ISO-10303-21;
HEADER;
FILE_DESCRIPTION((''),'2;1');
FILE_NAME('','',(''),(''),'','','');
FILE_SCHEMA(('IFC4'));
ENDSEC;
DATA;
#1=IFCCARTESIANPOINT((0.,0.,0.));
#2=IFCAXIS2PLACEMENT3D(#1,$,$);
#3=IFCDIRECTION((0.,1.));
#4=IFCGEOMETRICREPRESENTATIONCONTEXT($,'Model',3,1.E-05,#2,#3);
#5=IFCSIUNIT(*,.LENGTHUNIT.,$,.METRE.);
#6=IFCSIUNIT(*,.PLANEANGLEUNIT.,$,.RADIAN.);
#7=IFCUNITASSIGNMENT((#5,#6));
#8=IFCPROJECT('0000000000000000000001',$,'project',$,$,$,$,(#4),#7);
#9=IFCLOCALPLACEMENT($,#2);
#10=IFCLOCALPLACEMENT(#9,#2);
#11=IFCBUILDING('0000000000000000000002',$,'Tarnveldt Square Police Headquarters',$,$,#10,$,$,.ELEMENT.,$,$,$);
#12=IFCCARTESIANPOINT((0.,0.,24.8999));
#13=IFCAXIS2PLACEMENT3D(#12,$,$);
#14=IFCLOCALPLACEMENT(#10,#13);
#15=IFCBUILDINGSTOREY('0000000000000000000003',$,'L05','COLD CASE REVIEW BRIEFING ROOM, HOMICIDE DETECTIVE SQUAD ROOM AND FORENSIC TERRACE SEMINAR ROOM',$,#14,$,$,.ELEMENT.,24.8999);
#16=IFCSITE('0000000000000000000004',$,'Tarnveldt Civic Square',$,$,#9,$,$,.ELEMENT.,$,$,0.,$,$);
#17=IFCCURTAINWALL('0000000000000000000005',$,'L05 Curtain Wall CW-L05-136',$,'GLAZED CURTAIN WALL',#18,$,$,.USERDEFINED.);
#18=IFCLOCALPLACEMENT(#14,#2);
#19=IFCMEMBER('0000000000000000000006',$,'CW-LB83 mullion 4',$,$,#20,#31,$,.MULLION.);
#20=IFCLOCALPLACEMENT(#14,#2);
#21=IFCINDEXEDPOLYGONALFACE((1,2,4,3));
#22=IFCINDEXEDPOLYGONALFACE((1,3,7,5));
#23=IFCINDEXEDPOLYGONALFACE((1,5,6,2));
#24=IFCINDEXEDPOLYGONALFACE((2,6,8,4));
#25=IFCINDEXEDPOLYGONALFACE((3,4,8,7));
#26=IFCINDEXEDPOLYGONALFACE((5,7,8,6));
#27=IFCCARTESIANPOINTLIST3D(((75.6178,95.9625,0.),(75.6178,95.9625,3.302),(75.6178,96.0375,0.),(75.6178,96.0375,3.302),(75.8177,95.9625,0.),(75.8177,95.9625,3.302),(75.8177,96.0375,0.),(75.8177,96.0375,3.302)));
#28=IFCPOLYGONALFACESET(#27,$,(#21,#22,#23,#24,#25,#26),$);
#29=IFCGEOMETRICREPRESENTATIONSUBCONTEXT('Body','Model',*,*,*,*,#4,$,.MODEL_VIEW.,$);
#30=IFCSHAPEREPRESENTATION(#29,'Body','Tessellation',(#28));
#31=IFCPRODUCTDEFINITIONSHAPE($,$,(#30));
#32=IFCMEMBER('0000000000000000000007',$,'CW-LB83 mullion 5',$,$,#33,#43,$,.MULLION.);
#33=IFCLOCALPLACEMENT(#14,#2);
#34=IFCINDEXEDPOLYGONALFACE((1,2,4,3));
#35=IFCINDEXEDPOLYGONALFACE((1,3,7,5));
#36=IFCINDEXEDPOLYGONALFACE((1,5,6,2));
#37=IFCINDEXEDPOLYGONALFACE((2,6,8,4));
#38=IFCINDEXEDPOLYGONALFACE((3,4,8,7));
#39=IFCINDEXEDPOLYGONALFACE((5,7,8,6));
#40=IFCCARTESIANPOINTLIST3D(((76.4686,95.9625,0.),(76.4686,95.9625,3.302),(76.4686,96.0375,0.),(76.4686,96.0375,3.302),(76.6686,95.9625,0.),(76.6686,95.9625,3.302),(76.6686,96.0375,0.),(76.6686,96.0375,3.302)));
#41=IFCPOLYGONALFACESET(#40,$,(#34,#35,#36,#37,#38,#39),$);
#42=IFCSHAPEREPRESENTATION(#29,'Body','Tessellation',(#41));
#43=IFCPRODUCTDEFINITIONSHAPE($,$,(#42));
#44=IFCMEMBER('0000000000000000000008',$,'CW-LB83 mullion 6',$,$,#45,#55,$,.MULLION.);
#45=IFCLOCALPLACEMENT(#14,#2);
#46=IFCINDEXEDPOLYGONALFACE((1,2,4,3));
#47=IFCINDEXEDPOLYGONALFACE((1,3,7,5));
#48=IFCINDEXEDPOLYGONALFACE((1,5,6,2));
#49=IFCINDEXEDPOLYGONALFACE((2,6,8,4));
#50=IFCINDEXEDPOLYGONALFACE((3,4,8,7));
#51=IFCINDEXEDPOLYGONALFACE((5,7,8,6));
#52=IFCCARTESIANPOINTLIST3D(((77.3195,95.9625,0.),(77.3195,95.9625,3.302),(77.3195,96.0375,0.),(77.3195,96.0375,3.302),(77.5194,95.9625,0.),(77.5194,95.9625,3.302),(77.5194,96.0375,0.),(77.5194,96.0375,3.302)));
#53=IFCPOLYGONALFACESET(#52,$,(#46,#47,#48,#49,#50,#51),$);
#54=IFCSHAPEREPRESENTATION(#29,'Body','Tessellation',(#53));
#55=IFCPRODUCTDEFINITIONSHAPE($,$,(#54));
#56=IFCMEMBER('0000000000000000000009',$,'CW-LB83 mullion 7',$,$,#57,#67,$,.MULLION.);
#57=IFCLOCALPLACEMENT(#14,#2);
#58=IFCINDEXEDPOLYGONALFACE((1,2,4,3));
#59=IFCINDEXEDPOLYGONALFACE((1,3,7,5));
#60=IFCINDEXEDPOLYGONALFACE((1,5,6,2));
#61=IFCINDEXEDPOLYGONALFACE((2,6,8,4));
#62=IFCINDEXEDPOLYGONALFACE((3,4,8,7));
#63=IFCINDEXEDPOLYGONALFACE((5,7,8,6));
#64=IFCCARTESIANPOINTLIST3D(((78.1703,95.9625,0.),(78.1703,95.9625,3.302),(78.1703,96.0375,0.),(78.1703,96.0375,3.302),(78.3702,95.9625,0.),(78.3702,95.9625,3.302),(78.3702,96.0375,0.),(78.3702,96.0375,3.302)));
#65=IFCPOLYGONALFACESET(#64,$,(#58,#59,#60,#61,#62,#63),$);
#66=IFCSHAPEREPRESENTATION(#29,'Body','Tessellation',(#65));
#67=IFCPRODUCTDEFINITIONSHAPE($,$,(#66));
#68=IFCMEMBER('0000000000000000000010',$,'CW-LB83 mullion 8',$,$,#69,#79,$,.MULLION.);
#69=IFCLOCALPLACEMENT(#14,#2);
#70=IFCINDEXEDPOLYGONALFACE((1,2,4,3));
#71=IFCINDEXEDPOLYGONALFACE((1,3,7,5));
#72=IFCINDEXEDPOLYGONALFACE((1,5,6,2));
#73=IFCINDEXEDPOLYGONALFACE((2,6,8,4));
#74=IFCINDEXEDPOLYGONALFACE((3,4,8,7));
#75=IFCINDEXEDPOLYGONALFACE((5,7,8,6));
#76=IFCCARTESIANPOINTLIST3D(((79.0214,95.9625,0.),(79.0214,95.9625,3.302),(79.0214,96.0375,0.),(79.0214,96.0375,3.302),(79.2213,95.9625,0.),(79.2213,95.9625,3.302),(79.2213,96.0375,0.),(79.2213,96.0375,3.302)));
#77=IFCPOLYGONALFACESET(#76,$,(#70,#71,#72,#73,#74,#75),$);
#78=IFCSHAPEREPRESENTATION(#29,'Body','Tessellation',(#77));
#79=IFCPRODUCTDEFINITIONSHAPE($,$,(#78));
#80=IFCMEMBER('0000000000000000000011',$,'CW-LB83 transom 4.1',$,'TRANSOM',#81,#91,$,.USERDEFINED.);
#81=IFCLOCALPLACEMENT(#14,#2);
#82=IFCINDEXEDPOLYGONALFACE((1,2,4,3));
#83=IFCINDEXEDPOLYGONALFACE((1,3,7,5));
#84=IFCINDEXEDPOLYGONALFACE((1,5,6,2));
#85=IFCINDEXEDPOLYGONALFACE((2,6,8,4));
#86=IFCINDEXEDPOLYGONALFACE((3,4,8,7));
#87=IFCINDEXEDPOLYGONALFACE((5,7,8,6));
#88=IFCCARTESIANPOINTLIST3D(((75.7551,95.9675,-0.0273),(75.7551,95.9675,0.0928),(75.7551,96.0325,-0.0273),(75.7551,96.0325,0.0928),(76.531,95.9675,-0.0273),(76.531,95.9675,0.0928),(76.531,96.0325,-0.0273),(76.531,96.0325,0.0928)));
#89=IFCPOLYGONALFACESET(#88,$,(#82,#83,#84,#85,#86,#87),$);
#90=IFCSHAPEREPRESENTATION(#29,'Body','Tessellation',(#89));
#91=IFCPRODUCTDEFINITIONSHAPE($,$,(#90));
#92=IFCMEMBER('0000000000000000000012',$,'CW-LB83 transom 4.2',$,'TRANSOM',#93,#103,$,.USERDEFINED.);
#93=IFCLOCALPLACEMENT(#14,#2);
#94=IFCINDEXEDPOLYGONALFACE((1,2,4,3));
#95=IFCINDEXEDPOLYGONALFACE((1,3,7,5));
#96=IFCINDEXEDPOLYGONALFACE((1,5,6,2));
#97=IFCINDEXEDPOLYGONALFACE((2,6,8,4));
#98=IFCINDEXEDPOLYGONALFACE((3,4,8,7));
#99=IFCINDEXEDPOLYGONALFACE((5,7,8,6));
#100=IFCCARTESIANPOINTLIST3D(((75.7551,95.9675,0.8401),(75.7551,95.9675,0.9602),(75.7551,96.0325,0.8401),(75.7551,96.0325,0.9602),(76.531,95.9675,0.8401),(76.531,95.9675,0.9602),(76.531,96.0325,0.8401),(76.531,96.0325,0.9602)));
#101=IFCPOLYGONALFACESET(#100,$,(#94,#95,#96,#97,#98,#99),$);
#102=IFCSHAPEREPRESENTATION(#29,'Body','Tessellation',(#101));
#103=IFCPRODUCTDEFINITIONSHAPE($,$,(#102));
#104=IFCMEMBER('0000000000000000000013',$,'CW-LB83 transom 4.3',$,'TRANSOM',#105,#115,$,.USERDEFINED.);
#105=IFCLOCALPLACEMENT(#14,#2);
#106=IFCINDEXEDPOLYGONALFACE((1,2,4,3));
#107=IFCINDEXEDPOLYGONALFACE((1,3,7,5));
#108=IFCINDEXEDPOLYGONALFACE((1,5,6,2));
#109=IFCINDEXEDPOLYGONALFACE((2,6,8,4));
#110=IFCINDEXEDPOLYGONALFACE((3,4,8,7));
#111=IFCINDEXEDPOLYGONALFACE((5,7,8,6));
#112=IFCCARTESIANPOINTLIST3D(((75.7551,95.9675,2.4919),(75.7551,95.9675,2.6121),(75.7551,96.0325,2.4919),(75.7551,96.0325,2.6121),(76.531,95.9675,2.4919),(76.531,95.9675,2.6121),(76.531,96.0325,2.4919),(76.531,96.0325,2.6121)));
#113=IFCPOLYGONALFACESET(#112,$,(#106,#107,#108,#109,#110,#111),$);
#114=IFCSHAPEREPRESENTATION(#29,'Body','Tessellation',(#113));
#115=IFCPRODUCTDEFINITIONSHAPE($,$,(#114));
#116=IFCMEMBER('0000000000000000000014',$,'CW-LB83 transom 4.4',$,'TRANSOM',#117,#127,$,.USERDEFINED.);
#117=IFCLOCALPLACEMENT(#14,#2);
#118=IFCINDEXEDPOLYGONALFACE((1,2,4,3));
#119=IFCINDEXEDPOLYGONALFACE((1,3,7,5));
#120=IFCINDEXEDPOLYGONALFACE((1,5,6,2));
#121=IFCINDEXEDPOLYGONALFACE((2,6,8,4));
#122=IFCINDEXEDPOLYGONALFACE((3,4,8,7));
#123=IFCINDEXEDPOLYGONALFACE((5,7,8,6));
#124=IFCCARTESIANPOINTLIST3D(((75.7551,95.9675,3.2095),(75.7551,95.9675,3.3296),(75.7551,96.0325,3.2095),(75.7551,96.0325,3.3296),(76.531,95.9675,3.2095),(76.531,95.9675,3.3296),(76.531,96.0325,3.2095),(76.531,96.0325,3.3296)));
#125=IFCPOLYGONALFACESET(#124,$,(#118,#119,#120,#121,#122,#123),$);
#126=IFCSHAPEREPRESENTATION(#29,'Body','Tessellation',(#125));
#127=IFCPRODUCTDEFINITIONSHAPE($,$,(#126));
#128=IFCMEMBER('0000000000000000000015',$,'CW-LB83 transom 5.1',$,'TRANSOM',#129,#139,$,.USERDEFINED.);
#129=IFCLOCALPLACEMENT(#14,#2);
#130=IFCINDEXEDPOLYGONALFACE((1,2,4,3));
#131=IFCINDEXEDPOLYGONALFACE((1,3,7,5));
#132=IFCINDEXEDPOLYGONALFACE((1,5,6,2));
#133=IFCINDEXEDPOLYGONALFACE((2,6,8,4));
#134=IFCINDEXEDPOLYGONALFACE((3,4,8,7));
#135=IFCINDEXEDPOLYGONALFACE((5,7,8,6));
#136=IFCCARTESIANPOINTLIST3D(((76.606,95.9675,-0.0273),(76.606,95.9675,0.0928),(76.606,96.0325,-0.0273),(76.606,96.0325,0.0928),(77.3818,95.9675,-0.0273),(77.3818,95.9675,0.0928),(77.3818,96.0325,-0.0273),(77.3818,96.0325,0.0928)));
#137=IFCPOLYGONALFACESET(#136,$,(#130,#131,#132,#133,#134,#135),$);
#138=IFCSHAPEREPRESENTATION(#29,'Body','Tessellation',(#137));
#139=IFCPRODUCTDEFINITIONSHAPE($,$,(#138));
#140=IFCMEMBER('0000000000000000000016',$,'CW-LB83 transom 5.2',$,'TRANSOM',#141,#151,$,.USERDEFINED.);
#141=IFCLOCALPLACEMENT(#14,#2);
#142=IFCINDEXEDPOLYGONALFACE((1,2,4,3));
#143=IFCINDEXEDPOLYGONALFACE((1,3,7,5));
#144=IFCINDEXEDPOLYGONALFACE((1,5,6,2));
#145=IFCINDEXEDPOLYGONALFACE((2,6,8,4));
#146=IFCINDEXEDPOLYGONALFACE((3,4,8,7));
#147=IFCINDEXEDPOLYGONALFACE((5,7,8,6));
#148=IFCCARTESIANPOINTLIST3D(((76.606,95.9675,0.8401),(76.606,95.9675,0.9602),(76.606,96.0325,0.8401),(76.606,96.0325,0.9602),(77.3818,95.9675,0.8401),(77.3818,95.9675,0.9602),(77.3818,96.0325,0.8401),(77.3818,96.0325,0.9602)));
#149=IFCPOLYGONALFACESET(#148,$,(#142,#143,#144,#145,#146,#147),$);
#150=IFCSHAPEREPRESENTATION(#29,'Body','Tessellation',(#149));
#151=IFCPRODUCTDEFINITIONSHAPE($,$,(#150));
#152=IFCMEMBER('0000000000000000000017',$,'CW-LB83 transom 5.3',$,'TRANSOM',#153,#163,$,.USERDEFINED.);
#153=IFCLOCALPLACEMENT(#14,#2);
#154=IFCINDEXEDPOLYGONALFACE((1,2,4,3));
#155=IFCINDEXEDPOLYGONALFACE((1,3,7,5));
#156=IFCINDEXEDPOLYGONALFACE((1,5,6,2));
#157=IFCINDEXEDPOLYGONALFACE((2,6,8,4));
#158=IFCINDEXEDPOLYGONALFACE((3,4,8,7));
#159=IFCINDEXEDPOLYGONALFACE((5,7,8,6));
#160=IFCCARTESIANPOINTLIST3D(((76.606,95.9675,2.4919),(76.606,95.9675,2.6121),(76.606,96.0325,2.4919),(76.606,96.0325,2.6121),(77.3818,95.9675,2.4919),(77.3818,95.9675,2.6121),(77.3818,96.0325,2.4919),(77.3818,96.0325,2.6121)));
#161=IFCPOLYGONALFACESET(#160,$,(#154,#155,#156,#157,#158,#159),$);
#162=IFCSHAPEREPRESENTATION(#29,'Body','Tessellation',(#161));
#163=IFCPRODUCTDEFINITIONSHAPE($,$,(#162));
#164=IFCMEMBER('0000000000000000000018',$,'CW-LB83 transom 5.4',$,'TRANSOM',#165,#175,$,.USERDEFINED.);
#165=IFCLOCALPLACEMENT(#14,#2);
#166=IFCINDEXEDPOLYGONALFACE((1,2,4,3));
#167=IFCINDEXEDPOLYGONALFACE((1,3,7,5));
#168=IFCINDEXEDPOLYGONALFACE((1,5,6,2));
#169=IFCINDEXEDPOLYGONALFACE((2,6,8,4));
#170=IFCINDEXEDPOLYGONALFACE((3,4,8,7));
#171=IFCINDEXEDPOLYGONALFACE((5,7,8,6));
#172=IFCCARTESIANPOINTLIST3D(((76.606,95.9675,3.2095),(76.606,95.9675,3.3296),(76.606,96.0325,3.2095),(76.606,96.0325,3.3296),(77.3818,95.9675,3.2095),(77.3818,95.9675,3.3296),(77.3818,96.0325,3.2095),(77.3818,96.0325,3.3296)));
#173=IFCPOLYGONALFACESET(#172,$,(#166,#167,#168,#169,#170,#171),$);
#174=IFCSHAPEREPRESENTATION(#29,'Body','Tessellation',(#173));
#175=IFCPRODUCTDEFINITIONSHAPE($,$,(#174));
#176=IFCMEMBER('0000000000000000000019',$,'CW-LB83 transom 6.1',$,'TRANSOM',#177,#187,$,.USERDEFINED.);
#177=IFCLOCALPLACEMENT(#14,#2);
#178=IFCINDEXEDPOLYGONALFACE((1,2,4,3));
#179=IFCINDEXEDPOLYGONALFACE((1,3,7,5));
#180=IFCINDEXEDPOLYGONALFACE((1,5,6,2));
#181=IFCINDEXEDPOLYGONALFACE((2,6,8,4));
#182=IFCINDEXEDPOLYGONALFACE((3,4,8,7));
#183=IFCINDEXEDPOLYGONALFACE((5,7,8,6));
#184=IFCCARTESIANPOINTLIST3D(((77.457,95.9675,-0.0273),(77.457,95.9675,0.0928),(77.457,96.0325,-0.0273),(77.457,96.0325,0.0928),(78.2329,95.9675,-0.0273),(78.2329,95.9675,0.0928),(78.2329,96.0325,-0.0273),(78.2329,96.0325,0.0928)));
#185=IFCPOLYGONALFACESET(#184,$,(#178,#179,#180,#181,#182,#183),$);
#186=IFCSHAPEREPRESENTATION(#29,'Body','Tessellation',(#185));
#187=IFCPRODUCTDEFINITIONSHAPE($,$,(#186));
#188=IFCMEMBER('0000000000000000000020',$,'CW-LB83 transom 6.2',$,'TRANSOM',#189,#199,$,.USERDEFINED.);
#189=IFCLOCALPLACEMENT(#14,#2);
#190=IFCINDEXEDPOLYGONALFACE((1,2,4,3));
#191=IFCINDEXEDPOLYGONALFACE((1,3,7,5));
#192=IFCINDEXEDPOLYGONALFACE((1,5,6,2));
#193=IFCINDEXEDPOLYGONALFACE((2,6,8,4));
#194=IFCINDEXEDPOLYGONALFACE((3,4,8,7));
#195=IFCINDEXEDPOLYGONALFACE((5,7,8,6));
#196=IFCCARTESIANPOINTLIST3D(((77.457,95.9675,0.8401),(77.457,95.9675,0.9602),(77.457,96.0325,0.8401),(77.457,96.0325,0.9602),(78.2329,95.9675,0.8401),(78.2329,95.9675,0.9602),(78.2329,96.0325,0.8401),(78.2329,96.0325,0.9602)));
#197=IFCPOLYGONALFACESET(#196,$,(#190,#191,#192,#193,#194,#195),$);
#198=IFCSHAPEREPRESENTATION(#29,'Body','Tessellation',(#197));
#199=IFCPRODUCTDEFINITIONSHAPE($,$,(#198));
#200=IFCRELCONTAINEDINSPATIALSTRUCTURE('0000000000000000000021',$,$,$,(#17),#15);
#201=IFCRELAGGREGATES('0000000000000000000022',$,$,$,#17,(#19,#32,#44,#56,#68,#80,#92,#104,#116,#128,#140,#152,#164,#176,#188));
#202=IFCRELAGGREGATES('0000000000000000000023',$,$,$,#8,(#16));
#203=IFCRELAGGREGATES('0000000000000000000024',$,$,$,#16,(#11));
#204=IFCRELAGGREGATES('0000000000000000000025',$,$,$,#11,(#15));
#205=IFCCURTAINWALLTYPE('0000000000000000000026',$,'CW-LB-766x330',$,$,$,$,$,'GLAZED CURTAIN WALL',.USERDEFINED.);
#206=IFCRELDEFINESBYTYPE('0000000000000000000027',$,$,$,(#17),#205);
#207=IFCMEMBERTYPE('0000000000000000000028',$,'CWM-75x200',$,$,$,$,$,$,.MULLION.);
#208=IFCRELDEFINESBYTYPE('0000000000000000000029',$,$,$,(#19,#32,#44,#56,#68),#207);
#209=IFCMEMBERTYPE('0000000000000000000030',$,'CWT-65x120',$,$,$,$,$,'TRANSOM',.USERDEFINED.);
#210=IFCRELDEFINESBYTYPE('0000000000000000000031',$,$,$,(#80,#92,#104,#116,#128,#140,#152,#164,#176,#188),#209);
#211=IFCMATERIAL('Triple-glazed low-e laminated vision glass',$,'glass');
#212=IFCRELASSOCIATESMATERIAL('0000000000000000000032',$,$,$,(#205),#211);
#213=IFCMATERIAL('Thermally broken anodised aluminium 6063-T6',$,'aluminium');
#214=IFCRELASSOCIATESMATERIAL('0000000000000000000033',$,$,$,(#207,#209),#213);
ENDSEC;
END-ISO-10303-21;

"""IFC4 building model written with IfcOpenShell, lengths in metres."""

from ifc_helpers import new_model, si_unit, direction, frame, origin, origin_2d, place, context, subcontext, project, spatial, rectangle, extrude, material, material_profile, profile_set, type_object, element, aggregate, save


model = new_model("IFC4")

# Units and contexts
model_context = context("Model", 3, precision=1e-05, world=origin(), true_north=direction((0.0, 1.0)))
body_context = subcontext(model_context, "Body", "Model", "MODEL_VIEW")
ifc_project = project(units=[si_unit("LENGTHUNIT", "METRE"), si_unit("PLANEANGLEUNIT", "RADIAN")], contexts=[model_context])

# Site, building, storey
site_placement = place(None, origin())
site = spatial("IfcSite", under=ifc_project, at=site_placement, Name="Tarnveldt Civic Square", CompositionType="ELEMENT", RefElevation=0.0)
building_placement = place(site_placement, origin())
building = spatial("IfcBuilding", under=site, at=building_placement, Name="Tarnveldt Square Police Headquarters", CompositionType="ELEMENT")
storey_placement = place(building_placement, frame((0.0, 0.0, 24.8999)))
storey = spatial("IfcBuildingStorey", under=building, at=storey_placement, Name="L05", Description="COLD CASE REVIEW BRIEFING ROOM, HOMICIDE DETECTIVE SQUAD ROOM AND FORENSIC TERRACE SEMINAR ROOM", CompositionType="ELEMENT", Elevation=24.8999)

# Curtain wall, members
ifc_material_1 = material(Name="Triple-glazed low-e laminated vision glass", Category="glass")
curtain_wall_type = type_object("IfcCurtainWallType", Name="CW-LB-766x330", ElementType="GLAZED CURTAIN WALL", PredefinedType="USERDEFINED", material=ifc_material_1)
curtain_wall_placement = place(storey_placement, origin())
curtain_wall = element("IfcCurtainWall", 1, at=curtain_wall_placement, inside=storey, type_object=curtain_wall_type, Name="L05 Curtain Wall CW-L05-136", ObjectType="GLAZED CURTAIN WALL", PredefinedType="USERDEFINED")
ifc_material_2 = material(Name="Thermally broken anodised aluminium 6063-T6", Category="aluminium")
ifc_material_profile_1 = material_profile(ifc_material_2, rectangle(XDim=0.075, YDim=0.2, at=origin_2d()), Name="CW-M75x200")
ifc_profile_set_1 = profile_set([ifc_material_profile_1], Name="Thermally broken anodised aluminium 6063-T6")
member_type_1 = type_object("IfcMemberType", Name="CWM-75x200", PredefinedType="MULLION", material=ifc_profile_set_1)
member_1_placement = place(storey_placement, frame((75.7178, 96.0, 0.0), z_axis=(0.0, 0.0, 1.0), x_axis=(0.0, 1.0, 0.0)))
member_1 = element("IfcMember", 2, at=member_1_placement, type_object=member_type_1, Name="CW-LB83 mullion 4", PredefinedType="MULLION", context=body_context, shape_type="SweptSolid", body=[
    extrude(rectangle(XDim=0.075, YDim=0.2, at=origin_2d()), origin(), (0.0, 0.0, 1.0), 3.302),
])
member_2_placement = place(storey_placement, frame((76.5686, 96.0, 0.0), z_axis=(0.0, 0.0, 1.0), x_axis=(0.0, 1.0, 0.0)))
member_2 = element("IfcMember", 3, at=member_2_placement, type_object=member_type_1, Name="CW-LB83 mullion 5", PredefinedType="MULLION", context=body_context, shape_type="SweptSolid", body=[
    extrude(rectangle(XDim=0.075, YDim=0.2, at=origin_2d()), origin(), (0.0, 0.0, 1.0), 3.302),
])
member_3_placement = place(storey_placement, frame((77.4194, 96.0, 0.0), z_axis=(0.0, 0.0, 1.0), x_axis=(0.0, 1.0, 0.0)))
member_3 = element("IfcMember", 4, at=member_3_placement, type_object=member_type_1, Name="CW-LB83 mullion 6", PredefinedType="MULLION", context=body_context, shape_type="SweptSolid", body=[
    extrude(rectangle(XDim=0.075, YDim=0.2, at=origin_2d()), origin(), (0.0, 0.0, 1.0), 3.302),
])
member_4_placement = place(storey_placement, frame((78.2703, 96.0, 0.0), z_axis=(0.0, 0.0, 1.0), x_axis=(0.0, 1.0, 0.0)))
member_4 = element("IfcMember", 5, at=member_4_placement, type_object=member_type_1, Name="CW-LB83 mullion 7", PredefinedType="MULLION", context=body_context, shape_type="SweptSolid", body=[
    extrude(rectangle(XDim=0.075, YDim=0.2, at=origin_2d()), origin(), (0.0, 0.0, 1.0), 3.302),
])
member_5_placement = place(storey_placement, frame((79.1213, 96.0, 0.0), z_axis=(0.0, 0.0, 1.0), x_axis=(0.0, 1.0, 0.0)))
member_5 = element("IfcMember", 6, at=member_5_placement, type_object=member_type_1, Name="CW-LB83 mullion 8", PredefinedType="MULLION", context=body_context, shape_type="SweptSolid", body=[
    extrude(rectangle(XDim=0.075, YDim=0.2, at=origin_2d()), origin(), (0.0, 0.0, 1.0), 3.302),
])
ifc_material_profile_2 = material_profile(ifc_material_2, rectangle(XDim=0.0649, YDim=0.1201, at=origin_2d()), Name="CW-T65x120")
ifc_profile_set_2 = profile_set([ifc_material_profile_2], Name="Thermally broken anodised aluminium 6063-T6")
member_type_2 = type_object("IfcMemberType", Name="CWT-65x120", ElementType="TRANSOM", PredefinedType="USERDEFINED", material=ifc_profile_set_2)
member_6_placement = place(storey_placement, frame((75.7551, 96.0, 0.0327), z_axis=(1.0, 0.0, 0.0), x_axis=(0.0, 1.0, 0.0)))
member_6 = element("IfcMember", 7, at=member_6_placement, type_object=member_type_2, Name="CW-LB83 transom 4.1", ObjectType="TRANSOM", PredefinedType="USERDEFINED", context=body_context, shape_type="SweptSolid", body=[
    extrude(rectangle(XDim=0.0649, YDim=0.1201, at=origin_2d()), origin(), (0.0, 0.0, 1.0), 0.7759),
])
member_7_placement = place(storey_placement, frame((75.7551, 96.0, 0.9001), z_axis=(1.0, 0.0, 0.0), x_axis=(0.0, 1.0, 0.0)))
member_7 = element("IfcMember", 8, at=member_7_placement, type_object=member_type_2, Name="CW-LB83 transom 4.2", ObjectType="TRANSOM", PredefinedType="USERDEFINED", context=body_context, shape_type="SweptSolid", body=[
    extrude(rectangle(XDim=0.0649, YDim=0.1201, at=origin_2d()), origin(), (0.0, 0.0, 1.0), 0.7759),
])
member_8_placement = place(storey_placement, frame((75.7551, 96.0, 2.552), z_axis=(1.0, 0.0, 0.0), x_axis=(0.0, 1.0, 0.0)))
member_8 = element("IfcMember", 9, at=member_8_placement, type_object=member_type_2, Name="CW-LB83 transom 4.3", ObjectType="TRANSOM", PredefinedType="USERDEFINED", context=body_context, shape_type="SweptSolid", body=[
    extrude(rectangle(XDim=0.0649, YDim=0.1201, at=origin_2d()), origin(), (0.0, 0.0, 1.0), 0.7759),
])
member_9_placement = place(storey_placement, frame((75.7551, 96.0, 3.2695), z_axis=(1.0, 0.0, 0.0), x_axis=(0.0, 1.0, 0.0)))
member_9 = element("IfcMember", 10, at=member_9_placement, type_object=member_type_2, Name="CW-LB83 transom 4.4", ObjectType="TRANSOM", PredefinedType="USERDEFINED", context=body_context, shape_type="SweptSolid", body=[
    extrude(rectangle(XDim=0.0649, YDim=0.1201, at=origin_2d()), origin(), (0.0, 0.0, 1.0), 0.7759),
])
member_10_placement = place(storey_placement, frame((76.606, 96.0, 0.0327), z_axis=(1.0, 0.0, 0.0), x_axis=(0.0, 1.0, 0.0)))
member_10 = element("IfcMember", 11, at=member_10_placement, type_object=member_type_2, Name="CW-LB83 transom 5.1", ObjectType="TRANSOM", PredefinedType="USERDEFINED", context=body_context, shape_type="SweptSolid", body=[
    extrude(rectangle(XDim=0.0649, YDim=0.1201, at=origin_2d()), origin(), (0.0, 0.0, 1.0), 0.7759),
])
member_11_placement = place(storey_placement, frame((76.606, 96.0, 0.9001), z_axis=(1.0, 0.0, 0.0), x_axis=(0.0, 1.0, 0.0)))
member_11 = element("IfcMember", 12, at=member_11_placement, type_object=member_type_2, Name="CW-LB83 transom 5.2", ObjectType="TRANSOM", PredefinedType="USERDEFINED", context=body_context, shape_type="SweptSolid", body=[
    extrude(rectangle(XDim=0.0649, YDim=0.1201, at=origin_2d()), origin(), (0.0, 0.0, 1.0), 0.7759),
])
member_12_placement = place(storey_placement, frame((76.606, 96.0, 2.552), z_axis=(1.0, 0.0, 0.0), x_axis=(0.0, 1.0, 0.0)))
member_12 = element("IfcMember", 13, at=member_12_placement, type_object=member_type_2, Name="CW-LB83 transom 5.3", ObjectType="TRANSOM", PredefinedType="USERDEFINED", context=body_context, shape_type="SweptSolid", body=[
    extrude(rectangle(XDim=0.0649, YDim=0.1201, at=origin_2d()), origin(), (0.0, 0.0, 1.0), 0.7759),
])
member_13_placement = place(storey_placement, frame((76.606, 96.0, 3.2695), z_axis=(1.0, 0.0, 0.0), x_axis=(0.0, 1.0, 0.0)))
member_13 = element("IfcMember", 14, at=member_13_placement, type_object=member_type_2, Name="CW-LB83 transom 5.4", ObjectType="TRANSOM", PredefinedType="USERDEFINED", context=body_context, shape_type="SweptSolid", body=[
    extrude(rectangle(XDim=0.0649, YDim=0.1201, at=origin_2d()), origin(), (0.0, 0.0, 1.0), 0.7759),
])
member_14_placement = place(storey_placement, frame((77.457, 96.0, 0.0327), z_axis=(1.0, 0.0, 0.0), x_axis=(0.0, 1.0, 0.0)))
member_14 = element("IfcMember", 15, at=member_14_placement, type_object=member_type_2, Name="CW-LB83 transom 6.1", ObjectType="TRANSOM", PredefinedType="USERDEFINED", context=body_context, shape_type="SweptSolid", body=[
    extrude(rectangle(XDim=0.0649, YDim=0.1201, at=origin_2d()), origin(), (0.0, 0.0, 1.0), 0.7759),
])
member_15_placement = place(storey_placement, frame((77.457, 96.0, 0.9001), z_axis=(1.0, 0.0, 0.0), x_axis=(0.0, 1.0, 0.0)))
member_15 = element("IfcMember", 16, at=member_15_placement, type_object=member_type_2, Name="CW-LB83 transom 6.2", ObjectType="TRANSOM", PredefinedType="USERDEFINED", context=body_context, shape_type="SweptSolid", body=[
    extrude(rectangle(XDim=0.0649, YDim=0.1201, at=origin_2d()), origin(), (0.0, 0.0, 1.0), 0.7759),
])
aggregate(curtain_wall, [member_1, member_2, member_3, member_4, member_5, member_6, member_7, member_8, member_9, member_10, member_11, member_12, member_13, member_14, member_15])

save(model, "model.ifc")
